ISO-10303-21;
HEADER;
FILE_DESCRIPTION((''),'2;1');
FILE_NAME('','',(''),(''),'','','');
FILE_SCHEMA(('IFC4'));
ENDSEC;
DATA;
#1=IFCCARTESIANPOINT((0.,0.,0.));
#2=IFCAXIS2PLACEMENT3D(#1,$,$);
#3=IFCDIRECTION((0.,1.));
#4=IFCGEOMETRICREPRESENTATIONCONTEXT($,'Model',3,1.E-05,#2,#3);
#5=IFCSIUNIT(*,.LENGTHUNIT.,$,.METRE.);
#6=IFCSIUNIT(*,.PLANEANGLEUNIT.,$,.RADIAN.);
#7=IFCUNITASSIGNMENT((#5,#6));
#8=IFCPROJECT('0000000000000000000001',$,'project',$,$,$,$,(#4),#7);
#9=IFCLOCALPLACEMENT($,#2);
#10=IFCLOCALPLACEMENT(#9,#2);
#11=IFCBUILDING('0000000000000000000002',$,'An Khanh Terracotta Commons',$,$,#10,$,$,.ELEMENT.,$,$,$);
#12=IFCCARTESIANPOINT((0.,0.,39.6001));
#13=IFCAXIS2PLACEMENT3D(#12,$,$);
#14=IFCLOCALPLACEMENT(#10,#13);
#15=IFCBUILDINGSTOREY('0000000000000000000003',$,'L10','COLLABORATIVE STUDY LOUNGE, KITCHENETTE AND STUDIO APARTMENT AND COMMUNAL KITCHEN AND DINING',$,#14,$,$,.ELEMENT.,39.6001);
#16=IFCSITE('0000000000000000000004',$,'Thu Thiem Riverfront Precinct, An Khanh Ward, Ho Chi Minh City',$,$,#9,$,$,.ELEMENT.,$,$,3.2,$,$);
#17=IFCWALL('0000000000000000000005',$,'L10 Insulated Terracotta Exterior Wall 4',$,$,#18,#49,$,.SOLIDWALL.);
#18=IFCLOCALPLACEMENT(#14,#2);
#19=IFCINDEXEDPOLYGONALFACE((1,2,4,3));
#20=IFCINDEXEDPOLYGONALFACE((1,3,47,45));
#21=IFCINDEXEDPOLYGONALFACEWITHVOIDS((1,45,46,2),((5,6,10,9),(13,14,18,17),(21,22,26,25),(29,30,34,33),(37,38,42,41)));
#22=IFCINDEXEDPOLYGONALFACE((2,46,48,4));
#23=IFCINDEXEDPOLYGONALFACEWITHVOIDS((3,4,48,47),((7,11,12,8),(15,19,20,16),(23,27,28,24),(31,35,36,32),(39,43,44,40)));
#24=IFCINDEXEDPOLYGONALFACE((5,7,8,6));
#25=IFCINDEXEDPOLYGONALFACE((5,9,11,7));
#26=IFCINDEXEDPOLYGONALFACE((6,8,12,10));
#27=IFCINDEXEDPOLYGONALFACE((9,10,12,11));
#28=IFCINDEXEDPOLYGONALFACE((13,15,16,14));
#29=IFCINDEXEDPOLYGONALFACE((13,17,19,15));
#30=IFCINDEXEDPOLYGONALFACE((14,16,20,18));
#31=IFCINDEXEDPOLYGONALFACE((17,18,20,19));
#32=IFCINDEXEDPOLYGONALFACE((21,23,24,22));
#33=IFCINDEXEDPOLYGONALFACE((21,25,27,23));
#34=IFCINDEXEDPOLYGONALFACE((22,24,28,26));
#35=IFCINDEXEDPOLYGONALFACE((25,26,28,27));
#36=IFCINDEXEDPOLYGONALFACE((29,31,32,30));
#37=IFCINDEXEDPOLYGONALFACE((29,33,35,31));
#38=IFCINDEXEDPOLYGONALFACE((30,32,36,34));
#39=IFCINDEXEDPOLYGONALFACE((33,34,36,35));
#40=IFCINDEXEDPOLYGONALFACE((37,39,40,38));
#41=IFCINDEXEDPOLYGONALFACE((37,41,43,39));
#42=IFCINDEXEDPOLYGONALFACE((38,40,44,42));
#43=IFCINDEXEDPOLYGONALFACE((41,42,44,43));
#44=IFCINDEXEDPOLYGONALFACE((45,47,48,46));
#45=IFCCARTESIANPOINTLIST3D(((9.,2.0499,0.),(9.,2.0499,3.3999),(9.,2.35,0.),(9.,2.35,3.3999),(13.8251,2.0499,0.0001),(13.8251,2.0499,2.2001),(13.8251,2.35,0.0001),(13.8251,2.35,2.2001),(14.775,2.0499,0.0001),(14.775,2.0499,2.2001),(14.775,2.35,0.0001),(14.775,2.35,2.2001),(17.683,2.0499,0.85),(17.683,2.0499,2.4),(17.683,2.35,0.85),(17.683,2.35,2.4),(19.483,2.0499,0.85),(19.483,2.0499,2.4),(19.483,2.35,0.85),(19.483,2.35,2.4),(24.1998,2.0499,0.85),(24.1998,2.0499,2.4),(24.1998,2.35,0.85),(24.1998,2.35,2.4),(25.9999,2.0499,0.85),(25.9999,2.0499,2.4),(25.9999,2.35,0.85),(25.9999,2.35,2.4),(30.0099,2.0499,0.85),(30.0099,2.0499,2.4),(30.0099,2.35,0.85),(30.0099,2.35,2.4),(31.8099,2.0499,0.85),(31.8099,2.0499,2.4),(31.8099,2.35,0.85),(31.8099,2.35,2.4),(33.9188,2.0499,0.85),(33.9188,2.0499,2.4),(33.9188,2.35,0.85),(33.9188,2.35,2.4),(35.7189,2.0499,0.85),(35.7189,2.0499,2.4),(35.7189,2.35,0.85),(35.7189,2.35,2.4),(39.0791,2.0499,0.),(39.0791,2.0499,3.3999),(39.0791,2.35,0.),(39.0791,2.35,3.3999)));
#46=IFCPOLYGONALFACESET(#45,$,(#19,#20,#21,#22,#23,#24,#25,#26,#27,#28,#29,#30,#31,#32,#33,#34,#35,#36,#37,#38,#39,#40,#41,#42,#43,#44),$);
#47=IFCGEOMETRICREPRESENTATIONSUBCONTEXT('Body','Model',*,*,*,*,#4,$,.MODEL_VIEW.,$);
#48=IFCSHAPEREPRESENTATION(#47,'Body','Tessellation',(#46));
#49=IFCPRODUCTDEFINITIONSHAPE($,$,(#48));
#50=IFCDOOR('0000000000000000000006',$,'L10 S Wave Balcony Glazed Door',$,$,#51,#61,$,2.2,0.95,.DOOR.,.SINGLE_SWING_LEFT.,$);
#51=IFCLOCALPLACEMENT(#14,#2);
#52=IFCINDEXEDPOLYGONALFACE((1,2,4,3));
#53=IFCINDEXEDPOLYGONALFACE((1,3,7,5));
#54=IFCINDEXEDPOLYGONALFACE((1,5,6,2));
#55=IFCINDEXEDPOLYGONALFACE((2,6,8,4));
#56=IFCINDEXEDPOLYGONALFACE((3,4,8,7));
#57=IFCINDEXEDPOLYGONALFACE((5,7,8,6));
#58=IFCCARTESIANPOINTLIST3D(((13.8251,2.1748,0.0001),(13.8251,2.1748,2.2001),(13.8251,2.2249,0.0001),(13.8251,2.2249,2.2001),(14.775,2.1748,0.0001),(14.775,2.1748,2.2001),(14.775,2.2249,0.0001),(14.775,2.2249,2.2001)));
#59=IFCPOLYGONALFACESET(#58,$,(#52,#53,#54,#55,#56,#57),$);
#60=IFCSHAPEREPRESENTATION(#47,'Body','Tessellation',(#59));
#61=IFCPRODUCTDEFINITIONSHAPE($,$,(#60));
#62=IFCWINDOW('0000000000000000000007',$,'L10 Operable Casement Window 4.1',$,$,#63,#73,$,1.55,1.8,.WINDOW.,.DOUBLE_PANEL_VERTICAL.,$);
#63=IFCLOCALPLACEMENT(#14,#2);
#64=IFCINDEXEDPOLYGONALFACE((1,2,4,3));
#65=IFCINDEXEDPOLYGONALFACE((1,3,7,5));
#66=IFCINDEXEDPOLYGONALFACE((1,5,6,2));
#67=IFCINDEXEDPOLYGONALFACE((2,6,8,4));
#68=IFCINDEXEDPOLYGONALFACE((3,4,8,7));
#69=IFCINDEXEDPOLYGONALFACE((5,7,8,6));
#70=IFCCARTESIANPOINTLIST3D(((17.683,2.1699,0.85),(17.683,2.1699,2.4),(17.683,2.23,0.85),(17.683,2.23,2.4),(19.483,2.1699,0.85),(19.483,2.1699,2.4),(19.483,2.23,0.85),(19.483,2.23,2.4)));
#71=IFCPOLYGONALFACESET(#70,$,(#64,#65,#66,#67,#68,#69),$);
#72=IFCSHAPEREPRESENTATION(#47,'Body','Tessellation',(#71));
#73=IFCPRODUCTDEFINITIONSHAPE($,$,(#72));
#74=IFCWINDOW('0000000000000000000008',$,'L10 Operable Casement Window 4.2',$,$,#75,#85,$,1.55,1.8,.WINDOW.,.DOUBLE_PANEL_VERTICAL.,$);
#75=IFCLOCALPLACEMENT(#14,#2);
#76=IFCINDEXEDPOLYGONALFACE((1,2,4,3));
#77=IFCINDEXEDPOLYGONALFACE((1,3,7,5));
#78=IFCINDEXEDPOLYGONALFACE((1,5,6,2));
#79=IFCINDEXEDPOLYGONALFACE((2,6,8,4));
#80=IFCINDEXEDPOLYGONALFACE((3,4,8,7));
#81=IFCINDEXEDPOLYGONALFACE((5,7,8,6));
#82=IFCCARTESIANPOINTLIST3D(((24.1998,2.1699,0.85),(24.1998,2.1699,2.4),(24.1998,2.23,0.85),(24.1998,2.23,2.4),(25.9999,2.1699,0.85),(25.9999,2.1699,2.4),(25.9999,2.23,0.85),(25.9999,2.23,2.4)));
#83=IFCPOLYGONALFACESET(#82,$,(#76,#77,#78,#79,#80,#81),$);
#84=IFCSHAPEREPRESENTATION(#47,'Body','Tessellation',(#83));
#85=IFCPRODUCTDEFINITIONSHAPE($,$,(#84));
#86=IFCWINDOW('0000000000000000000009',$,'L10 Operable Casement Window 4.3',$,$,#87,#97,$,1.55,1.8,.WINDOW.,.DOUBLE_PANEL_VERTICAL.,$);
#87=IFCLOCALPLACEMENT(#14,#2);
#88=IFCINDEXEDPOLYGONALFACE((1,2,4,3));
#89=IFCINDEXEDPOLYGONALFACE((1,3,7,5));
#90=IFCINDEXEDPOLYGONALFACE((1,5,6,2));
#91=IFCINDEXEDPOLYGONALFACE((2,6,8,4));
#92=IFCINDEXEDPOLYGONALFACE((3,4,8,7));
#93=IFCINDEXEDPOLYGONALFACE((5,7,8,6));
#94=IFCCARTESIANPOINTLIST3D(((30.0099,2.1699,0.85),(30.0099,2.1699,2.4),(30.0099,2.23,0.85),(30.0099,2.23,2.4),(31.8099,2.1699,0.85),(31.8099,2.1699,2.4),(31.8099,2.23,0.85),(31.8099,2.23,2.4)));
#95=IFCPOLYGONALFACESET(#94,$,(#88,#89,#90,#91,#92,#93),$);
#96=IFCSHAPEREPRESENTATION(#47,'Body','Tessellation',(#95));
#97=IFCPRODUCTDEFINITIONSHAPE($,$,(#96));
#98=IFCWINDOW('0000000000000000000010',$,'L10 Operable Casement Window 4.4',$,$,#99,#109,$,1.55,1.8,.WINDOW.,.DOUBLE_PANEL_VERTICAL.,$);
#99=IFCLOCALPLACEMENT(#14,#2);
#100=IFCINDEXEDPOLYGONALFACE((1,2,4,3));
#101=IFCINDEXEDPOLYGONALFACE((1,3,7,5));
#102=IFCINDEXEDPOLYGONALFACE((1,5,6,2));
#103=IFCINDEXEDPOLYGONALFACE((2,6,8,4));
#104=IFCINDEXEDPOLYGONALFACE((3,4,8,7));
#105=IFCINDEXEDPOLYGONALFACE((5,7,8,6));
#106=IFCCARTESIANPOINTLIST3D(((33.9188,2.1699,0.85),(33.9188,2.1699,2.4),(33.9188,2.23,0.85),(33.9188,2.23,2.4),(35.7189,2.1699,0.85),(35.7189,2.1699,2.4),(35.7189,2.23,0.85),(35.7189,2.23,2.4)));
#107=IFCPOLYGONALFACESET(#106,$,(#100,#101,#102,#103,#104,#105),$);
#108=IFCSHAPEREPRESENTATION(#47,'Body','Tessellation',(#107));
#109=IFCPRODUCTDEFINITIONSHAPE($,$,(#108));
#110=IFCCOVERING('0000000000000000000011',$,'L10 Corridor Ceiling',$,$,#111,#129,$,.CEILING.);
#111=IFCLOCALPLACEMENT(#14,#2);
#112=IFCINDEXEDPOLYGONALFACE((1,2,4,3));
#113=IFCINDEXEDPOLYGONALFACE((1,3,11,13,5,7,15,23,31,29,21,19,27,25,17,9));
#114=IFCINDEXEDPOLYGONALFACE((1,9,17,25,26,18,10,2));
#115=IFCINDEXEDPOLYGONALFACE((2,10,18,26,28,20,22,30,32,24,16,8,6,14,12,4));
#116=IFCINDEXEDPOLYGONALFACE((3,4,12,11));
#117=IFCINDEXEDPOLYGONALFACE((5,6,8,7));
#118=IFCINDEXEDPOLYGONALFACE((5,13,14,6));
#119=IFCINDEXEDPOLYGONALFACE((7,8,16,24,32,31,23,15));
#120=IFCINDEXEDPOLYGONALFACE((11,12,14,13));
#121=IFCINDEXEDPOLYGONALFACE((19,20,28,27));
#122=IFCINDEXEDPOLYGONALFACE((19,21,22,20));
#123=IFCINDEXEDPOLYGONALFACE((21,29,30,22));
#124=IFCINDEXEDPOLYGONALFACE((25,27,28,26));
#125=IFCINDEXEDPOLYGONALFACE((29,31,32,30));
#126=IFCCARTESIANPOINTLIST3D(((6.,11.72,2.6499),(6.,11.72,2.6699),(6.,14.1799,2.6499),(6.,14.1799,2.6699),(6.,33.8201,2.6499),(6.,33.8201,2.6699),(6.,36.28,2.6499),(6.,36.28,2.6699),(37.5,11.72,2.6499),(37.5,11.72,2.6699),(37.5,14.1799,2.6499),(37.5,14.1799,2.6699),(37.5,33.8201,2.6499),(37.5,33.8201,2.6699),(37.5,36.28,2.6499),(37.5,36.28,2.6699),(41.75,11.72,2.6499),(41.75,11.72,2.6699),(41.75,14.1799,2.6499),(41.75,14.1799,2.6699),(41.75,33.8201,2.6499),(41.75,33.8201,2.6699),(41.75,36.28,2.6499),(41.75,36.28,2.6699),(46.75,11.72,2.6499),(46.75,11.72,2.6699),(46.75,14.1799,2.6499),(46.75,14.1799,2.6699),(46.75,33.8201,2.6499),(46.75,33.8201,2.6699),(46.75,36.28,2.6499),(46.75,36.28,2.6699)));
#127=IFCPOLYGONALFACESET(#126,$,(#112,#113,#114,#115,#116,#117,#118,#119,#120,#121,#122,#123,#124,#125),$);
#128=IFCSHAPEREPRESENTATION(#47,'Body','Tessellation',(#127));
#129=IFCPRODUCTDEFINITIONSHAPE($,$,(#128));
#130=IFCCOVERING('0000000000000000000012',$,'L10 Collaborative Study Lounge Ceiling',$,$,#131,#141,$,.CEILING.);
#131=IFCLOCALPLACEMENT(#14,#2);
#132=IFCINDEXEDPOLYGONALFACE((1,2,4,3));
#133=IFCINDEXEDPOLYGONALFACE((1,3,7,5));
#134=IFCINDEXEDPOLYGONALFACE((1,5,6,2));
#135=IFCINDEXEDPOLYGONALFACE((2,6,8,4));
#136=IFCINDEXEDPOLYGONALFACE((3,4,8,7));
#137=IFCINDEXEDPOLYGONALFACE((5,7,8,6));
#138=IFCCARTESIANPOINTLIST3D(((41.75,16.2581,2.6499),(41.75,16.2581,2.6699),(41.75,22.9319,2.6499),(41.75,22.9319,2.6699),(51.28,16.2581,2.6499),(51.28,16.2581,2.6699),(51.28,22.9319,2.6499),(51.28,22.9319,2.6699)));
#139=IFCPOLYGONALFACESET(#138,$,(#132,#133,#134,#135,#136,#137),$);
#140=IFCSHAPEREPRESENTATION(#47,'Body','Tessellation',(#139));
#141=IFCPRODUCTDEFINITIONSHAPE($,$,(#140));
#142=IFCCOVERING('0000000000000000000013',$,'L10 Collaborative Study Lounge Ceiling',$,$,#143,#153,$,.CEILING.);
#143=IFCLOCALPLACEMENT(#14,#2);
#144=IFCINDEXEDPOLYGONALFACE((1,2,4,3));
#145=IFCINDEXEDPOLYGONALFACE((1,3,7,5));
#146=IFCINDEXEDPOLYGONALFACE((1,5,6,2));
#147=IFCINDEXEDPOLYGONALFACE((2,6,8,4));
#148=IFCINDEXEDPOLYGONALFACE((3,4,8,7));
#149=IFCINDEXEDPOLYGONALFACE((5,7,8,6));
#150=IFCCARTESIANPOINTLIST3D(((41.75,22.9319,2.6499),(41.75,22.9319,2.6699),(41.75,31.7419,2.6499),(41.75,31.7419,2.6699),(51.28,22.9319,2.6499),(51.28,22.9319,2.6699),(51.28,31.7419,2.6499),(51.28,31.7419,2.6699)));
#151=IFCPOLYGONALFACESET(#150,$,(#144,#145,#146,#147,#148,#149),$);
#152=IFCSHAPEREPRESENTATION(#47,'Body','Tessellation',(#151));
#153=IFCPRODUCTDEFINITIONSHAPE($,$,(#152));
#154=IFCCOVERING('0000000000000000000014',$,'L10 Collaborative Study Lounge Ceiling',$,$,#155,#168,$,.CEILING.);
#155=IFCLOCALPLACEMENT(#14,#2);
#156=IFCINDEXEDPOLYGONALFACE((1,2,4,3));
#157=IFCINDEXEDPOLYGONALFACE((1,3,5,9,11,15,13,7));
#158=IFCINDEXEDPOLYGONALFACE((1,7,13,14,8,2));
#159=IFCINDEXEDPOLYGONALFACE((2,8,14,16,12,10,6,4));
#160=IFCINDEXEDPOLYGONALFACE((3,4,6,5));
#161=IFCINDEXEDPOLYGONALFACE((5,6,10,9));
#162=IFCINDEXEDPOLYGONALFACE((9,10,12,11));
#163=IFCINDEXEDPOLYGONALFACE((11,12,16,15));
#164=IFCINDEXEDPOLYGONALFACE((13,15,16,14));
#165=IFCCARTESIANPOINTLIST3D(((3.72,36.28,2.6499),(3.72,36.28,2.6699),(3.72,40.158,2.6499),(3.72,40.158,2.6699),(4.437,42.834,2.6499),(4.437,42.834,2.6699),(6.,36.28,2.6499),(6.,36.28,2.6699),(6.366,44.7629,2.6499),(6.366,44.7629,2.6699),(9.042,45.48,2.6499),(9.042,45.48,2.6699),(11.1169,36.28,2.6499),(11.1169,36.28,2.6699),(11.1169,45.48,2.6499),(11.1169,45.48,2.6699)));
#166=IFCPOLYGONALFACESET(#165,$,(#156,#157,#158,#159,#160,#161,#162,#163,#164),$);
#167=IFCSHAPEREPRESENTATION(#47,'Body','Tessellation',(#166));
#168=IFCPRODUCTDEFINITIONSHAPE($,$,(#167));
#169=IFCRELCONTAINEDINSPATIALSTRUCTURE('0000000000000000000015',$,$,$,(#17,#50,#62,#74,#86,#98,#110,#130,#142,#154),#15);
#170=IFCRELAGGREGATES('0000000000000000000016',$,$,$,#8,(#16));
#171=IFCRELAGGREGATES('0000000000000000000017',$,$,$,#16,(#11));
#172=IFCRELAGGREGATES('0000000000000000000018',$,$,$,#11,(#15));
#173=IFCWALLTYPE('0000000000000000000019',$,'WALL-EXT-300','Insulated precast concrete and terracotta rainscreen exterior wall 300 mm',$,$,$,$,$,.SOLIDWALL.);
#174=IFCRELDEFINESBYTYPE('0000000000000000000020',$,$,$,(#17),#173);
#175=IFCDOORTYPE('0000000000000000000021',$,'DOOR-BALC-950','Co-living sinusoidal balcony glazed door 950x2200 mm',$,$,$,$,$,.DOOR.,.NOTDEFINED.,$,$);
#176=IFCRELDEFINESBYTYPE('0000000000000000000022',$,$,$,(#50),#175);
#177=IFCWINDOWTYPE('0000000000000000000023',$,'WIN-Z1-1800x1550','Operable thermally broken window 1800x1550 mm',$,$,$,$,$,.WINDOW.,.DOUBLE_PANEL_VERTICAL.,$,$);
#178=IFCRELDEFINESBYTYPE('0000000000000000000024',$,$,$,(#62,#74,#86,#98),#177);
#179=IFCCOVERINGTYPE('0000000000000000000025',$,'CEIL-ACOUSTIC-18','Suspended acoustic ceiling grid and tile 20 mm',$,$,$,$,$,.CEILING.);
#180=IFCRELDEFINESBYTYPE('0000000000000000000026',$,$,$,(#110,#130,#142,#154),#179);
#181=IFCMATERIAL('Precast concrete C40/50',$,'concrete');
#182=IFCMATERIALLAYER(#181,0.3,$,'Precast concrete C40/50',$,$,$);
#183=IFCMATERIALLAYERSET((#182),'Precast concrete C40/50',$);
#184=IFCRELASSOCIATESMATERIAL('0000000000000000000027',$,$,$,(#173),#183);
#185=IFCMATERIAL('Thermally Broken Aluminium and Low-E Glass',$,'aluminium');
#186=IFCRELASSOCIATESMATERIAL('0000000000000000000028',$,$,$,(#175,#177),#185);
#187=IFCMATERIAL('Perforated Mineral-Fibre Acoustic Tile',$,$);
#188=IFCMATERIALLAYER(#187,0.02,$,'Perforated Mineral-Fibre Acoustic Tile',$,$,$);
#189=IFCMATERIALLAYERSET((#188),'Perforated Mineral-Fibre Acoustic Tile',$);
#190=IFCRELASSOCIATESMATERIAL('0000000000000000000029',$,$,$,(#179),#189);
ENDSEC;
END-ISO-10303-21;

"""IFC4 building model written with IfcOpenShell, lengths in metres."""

from ifc_helpers import new_model, si_unit, direction, frame, frame_2d, origin, place, context, subcontext, project, spatial, polyline, rectangle, outline, extrude, material, layer, layer_set, type_object, element, fill, save


model = new_model("IFC4")

# Units and contexts
model_context = context("Model", 3, precision=1e-05, world=origin(), true_north=direction((0.0, 1.0)))
body_context = subcontext(model_context, "Body", "Model", "MODEL_VIEW")
ifc_project = project(units=[si_unit("LENGTHUNIT", "METRE"), si_unit("PLANEANGLEUNIT", "RADIAN")], contexts=[model_context])

# Site, building, storey
site_placement = place(None, origin())
site = spatial("IfcSite", under=ifc_project, at=site_placement, Name="Thu Thiem Riverfront Precinct, An Khanh Ward, Ho Chi Minh City", CompositionType="ELEMENT", RefElevation=3.2)
building_placement = place(site_placement, origin())
building = spatial("IfcBuilding", under=site, at=building_placement, Name="An Khanh Terracotta Commons", CompositionType="ELEMENT")
storey_placement = place(building_placement, frame((0.0, 0.0, 39.6001)))
storey = spatial("IfcBuildingStorey", under=building, at=storey_placement, Name="L10", Description="COLLABORATIVE STUDY LOUNGE, KITCHENETTE AND STUDIO APARTMENT AND COMMUNAL KITCHEN AND DINING", CompositionType="ELEMENT", Elevation=39.6001)

# Shared definitions
ifc_material_1 = material(Name="Precast concrete C40/50", Category="concrete")

# Shared definitions
ifc_layer_1 = layer(ifc_material_1, 0.3, Name="Precast concrete C40/50")
ifc_layer_set_1 = layer_set([ifc_layer_1], Name="Precast concrete C40/50")
wall_type = type_object("IfcWallType", Name="WALL-EXT-300", Description="Insulated precast concrete and terracotta rainscreen exterior wall 300 mm", PredefinedType="SOLIDWALL", material=ifc_layer_set_1)

# Wall, openings, door, windows
wall_1_placement = place(storey_placement, frame((9.0, 2.2, 0.0), z_axis=(0.0, 0.0, 1.0), x_axis=(1.0, 0.0, 0.0)))
wall_1 = element("IfcWall", 1, at=wall_1_placement, inside=storey, type_object=wall_type, Name="L10 Insulated Terracotta Exterior Wall 4", PredefinedType="SOLIDWALL", context=body_context, shape_type="SweptSolid", body=[
    extrude(rectangle(XDim=30.0791, YDim=0.3, at=frame_2d((15.0396, 0.0))), origin(), (0.0, 0.0, 1.0), 3.3999),
])
opening_1_placement = place(wall_1_placement, frame((4.825, 0.0, 0.0)))
opening_1 = element("IfcOpeningElement", 2, at=opening_1_placement, cuts=wall_1, PredefinedType="OPENING", context=body_context, shape_type="SweptSolid", body=[
    extrude(rectangle(XDim=0.95, YDim=2.2, at=frame_2d((0.4751, 1.1001))), frame((0.0, 0.1599, 0.0), z_axis=(0.0, -1.0, 0.0), x_axis=(1.0, 0.0, 0.0)), (0.0, 0.0, 1.0), 0.3201),
])
opening_2_placement = place(wall_1_placement, frame((8.6831, 0.0, 0.8501)))
opening_2 = element("IfcOpeningElement", 3, at=opening_2_placement, cuts=wall_1, PredefinedType="OPENING", context=body_context, shape_type="SweptSolid", body=[
    extrude(rectangle(XDim=1.8, YDim=1.55, at=frame_2d((0.8999, 0.7749))), frame((0.0, 0.1599, 0.0), z_axis=(0.0, -1.0, 0.0), x_axis=(1.0, 0.0, 0.0)), (0.0, 0.0, 1.0), 0.3201),
])
opening_3_placement = place(wall_1_placement, frame((15.2, 0.0, 0.8501)))
opening_3 = element("IfcOpeningElement", 4, at=opening_3_placement, cuts=wall_1, PredefinedType="OPENING", context=body_context, shape_type="SweptSolid", body=[
    extrude(rectangle(XDim=1.8, YDim=1.55, at=frame_2d((0.8999, 0.7749))), frame((0.0, 0.1599, 0.0), z_axis=(0.0, -1.0, 0.0), x_axis=(1.0, 0.0, 0.0)), (0.0, 0.0, 1.0), 0.3201),
])
opening_4_placement = place(wall_1_placement, frame((21.01, 0.0, 0.8501)))
opening_4 = element("IfcOpeningElement", 5, at=opening_4_placement, cuts=wall_1, PredefinedType="OPENING", context=body_context, shape_type="SweptSolid", body=[
    extrude(rectangle(XDim=1.8, YDim=1.55, at=frame_2d((0.8999, 0.7749))), frame((0.0, 0.1599, 0.0), z_axis=(0.0, -1.0, 0.0), x_axis=(1.0, 0.0, 0.0)), (0.0, 0.0, 1.0), 0.3201),
])
opening_5_placement = place(wall_1_placement, frame((24.9189, 0.0, 0.8501)))
opening_5 = element("IfcOpeningElement", 6, at=opening_5_placement, cuts=wall_1, PredefinedType="OPENING", context=body_context, shape_type="SweptSolid", body=[
    extrude(rectangle(XDim=1.8, YDim=1.55, at=frame_2d((0.8999, 0.7749))), frame((0.0, 0.1599, 0.0), z_axis=(0.0, -1.0, 0.0), x_axis=(1.0, 0.0, 0.0)), (0.0, 0.0, 1.0), 0.3201),
])
ifc_material_2 = material(Name="Thermally Broken Aluminium and Low-E Glass", Category="aluminium")
door_type = type_object("IfcDoorType", Name="DOOR-BALC-950", Description="Co-living sinusoidal balcony glazed door 950x2200 mm", OperationType="NOTDEFINED", PredefinedType="DOOR", material=ifc_material_2)
door_placement = place(opening_1_placement, origin())
door = element("IfcDoor", 7, at=door_placement, inside=storey, type_object=door_type, Name="L10 S Wave Balcony Glazed Door", OperationType="SINGLE_SWING_LEFT", OverallHeight=2.2, OverallWidth=0.95, PredefinedType="DOOR", context=body_context, shape_type="SweptSolid", body=[
    extrude(rectangle(XDim=0.95, YDim=2.2, at=frame_2d((0.4751, 1.1001))), frame((0.0, 0.0249, 0.0), z_axis=(0.0, -1.0, 0.0), x_axis=(1.0, 0.0, 0.0)), (0.0, 0.0, 1.0), 0.05),
])
fill(opening_1, door)
window_type = type_object("IfcWindowType", Name="WIN-Z1-1800x1550", Description="Operable thermally broken window 1800x1550 mm", PartitioningType="DOUBLE_PANEL_VERTICAL", PredefinedType="WINDOW", material=ifc_material_2)
window_1_placement = place(opening_2_placement, origin())
window_1 = element("IfcWindow", 8, at=window_1_placement, inside=storey, type_object=window_type, Name="L10 Operable Casement Window 4.1", OverallHeight=1.55, OverallWidth=1.8, PartitioningType="DOUBLE_PANEL_VERTICAL", PredefinedType="WINDOW", context=body_context, shape_type="SweptSolid", body=[
    extrude(rectangle(XDim=1.8, YDim=1.55, at=frame_2d((0.8999, 0.7749))), frame((0.0, 0.03, 0.0), z_axis=(0.0, -1.0, 0.0), x_axis=(1.0, 0.0, 0.0)), (0.0, 0.0, 1.0), 0.0601),
])
fill(opening_2, window_1)
window_2_placement = place(opening_3_placement, origin())
window_2 = element("IfcWindow", 9, at=window_2_placement, inside=storey, type_object=window_type, Name="L10 Operable Casement Window 4.2", OverallHeight=1.55, OverallWidth=1.8, PartitioningType="DOUBLE_PANEL_VERTICAL", PredefinedType="WINDOW", context=body_context, shape_type="SweptSolid", body=[
    extrude(rectangle(XDim=1.8, YDim=1.55, at=frame_2d((0.8999, 0.7749))), frame((0.0, 0.03, 0.0), z_axis=(0.0, -1.0, 0.0), x_axis=(1.0, 0.0, 0.0)), (0.0, 0.0, 1.0), 0.0601),
])
fill(opening_3, window_2)
window_3_placement = place(opening_4_placement, origin())
window_3 = element("IfcWindow", 10, at=window_3_placement, inside=storey, type_object=window_type, Name="L10 Operable Casement Window 4.3", OverallHeight=1.55, OverallWidth=1.8, PartitioningType="DOUBLE_PANEL_VERTICAL", PredefinedType="WINDOW", context=body_context, shape_type="SweptSolid", body=[
    extrude(rectangle(XDim=1.8, YDim=1.55, at=frame_2d((0.8999, 0.7749))), frame((0.0, 0.03, 0.0), z_axis=(0.0, -1.0, 0.0), x_axis=(1.0, 0.0, 0.0)), (0.0, 0.0, 1.0), 0.0601),
])
fill(opening_4, window_3)
window_4_placement = place(opening_5_placement, origin())
window_4 = element("IfcWindow", 11, at=window_4_placement, inside=storey, type_object=window_type, Name="L10 Operable Casement Window 4.4", OverallHeight=1.55, OverallWidth=1.8, PartitioningType="DOUBLE_PANEL_VERTICAL", PredefinedType="WINDOW", context=body_context, shape_type="SweptSolid", body=[
    extrude(rectangle(XDim=1.8, YDim=1.55, at=frame_2d((0.8999, 0.7749))), frame((0.0, 0.03, 0.0), z_axis=(0.0, -1.0, 0.0), x_axis=(1.0, 0.0, 0.0)), (0.0, 0.0, 1.0), 0.0601),
])
fill(opening_5, window_4)

# Coverings
ifc_material_3 = material(Name="Perforated Mineral-Fibre Acoustic Tile")
ifc_layer_2 = layer(ifc_material_3, 0.02, Name="Perforated Mineral-Fibre Acoustic Tile")
ifc_layer_set_2 = layer_set([ifc_layer_2], Name="Perforated Mineral-Fibre Acoustic Tile")
covering_type_1 = type_object("IfcCoveringType", Name="CEIL-ACOUSTIC-18", Description="Suspended acoustic ceiling grid and tile 20 mm", PredefinedType="CEILING", material=ifc_layer_set_2)
covering_1_placement = place(storey_placement, frame((0.0, 0.0, 2.6499)))
element("IfcCovering", 12, at=covering_1_placement, inside=storey, type_object=covering_type_1, Name="L10 Corridor Ceiling", PredefinedType="CEILING", context=body_context, shape_type="SweptSolid", body=[
    extrude(outline(polyline([(37.5, 14.1799), (37.5, 33.8201), (6.0, 33.8201), (6.0, 36.28), (37.5, 36.28), (41.75, 36.28), (46.75, 36.28), (46.75, 33.8201), (41.75, 33.8201), (41.75, 14.1799), (46.75, 14.1799), (46.75, 11.72), (41.75, 11.72), (37.5, 11.72), (6.0, 11.72), (6.0, 14.1799), (37.5, 14.1799)])), origin(), (0.0, 0.0, 1.0), 0.02),
])
covering_2_placement = place(storey_placement, frame((0.0, 0.0, 2.6499)))
element("IfcCovering", 13, at=covering_2_placement, inside=storey, type_object=covering_type_1, Name="L10 Collaborative Study Lounge Ceiling", PredefinedType="CEILING", context=body_context, shape_type="SweptSolid", body=[
    extrude(outline(polyline([(51.28, 16.2581), (41.75, 16.2581), (41.75, 22.9319), (51.28, 22.9319), (51.28, 16.2581)])), origin(), (0.0, 0.0, 1.0), 0.02),
])
covering_3_placement = place(storey_placement, frame((0.0, 0.0, 2.6499)))
element("IfcCovering", 14, at=covering_3_placement, inside=storey, type_object=covering_type_1, Name="L10 Collaborative Study Lounge Ceiling", PredefinedType="CEILING", context=body_context, shape_type="SweptSolid", body=[
    extrude(outline(polyline([(51.28, 22.9319), (41.75, 22.9319), (41.75, 31.7419), (51.28, 31.7419), (51.28, 22.9319)])), origin(), (0.0, 0.0, 1.0), 0.02),
])
covering_4_placement = place(storey_placement, frame((0.0, 0.0, 2.6499)))
element("IfcCovering", 15, at=covering_4_placement, inside=storey, type_object=covering_type_1, Name="L10 Collaborative Study Lounge Ceiling", PredefinedType="CEILING", context=body_context, shape_type="SweptSolid", body=[
    extrude(outline(polyline([(9.042, 45.48), (11.1169, 45.48), (11.1169, 36.28), (6.0, 36.28), (3.72, 36.28), (3.72, 40.158), (4.437, 42.834), (6.366, 44.7629), (9.042, 45.48)])), origin(), (0.0, 0.0, 1.0), 0.02),
])

save(model, "model.ifc")
